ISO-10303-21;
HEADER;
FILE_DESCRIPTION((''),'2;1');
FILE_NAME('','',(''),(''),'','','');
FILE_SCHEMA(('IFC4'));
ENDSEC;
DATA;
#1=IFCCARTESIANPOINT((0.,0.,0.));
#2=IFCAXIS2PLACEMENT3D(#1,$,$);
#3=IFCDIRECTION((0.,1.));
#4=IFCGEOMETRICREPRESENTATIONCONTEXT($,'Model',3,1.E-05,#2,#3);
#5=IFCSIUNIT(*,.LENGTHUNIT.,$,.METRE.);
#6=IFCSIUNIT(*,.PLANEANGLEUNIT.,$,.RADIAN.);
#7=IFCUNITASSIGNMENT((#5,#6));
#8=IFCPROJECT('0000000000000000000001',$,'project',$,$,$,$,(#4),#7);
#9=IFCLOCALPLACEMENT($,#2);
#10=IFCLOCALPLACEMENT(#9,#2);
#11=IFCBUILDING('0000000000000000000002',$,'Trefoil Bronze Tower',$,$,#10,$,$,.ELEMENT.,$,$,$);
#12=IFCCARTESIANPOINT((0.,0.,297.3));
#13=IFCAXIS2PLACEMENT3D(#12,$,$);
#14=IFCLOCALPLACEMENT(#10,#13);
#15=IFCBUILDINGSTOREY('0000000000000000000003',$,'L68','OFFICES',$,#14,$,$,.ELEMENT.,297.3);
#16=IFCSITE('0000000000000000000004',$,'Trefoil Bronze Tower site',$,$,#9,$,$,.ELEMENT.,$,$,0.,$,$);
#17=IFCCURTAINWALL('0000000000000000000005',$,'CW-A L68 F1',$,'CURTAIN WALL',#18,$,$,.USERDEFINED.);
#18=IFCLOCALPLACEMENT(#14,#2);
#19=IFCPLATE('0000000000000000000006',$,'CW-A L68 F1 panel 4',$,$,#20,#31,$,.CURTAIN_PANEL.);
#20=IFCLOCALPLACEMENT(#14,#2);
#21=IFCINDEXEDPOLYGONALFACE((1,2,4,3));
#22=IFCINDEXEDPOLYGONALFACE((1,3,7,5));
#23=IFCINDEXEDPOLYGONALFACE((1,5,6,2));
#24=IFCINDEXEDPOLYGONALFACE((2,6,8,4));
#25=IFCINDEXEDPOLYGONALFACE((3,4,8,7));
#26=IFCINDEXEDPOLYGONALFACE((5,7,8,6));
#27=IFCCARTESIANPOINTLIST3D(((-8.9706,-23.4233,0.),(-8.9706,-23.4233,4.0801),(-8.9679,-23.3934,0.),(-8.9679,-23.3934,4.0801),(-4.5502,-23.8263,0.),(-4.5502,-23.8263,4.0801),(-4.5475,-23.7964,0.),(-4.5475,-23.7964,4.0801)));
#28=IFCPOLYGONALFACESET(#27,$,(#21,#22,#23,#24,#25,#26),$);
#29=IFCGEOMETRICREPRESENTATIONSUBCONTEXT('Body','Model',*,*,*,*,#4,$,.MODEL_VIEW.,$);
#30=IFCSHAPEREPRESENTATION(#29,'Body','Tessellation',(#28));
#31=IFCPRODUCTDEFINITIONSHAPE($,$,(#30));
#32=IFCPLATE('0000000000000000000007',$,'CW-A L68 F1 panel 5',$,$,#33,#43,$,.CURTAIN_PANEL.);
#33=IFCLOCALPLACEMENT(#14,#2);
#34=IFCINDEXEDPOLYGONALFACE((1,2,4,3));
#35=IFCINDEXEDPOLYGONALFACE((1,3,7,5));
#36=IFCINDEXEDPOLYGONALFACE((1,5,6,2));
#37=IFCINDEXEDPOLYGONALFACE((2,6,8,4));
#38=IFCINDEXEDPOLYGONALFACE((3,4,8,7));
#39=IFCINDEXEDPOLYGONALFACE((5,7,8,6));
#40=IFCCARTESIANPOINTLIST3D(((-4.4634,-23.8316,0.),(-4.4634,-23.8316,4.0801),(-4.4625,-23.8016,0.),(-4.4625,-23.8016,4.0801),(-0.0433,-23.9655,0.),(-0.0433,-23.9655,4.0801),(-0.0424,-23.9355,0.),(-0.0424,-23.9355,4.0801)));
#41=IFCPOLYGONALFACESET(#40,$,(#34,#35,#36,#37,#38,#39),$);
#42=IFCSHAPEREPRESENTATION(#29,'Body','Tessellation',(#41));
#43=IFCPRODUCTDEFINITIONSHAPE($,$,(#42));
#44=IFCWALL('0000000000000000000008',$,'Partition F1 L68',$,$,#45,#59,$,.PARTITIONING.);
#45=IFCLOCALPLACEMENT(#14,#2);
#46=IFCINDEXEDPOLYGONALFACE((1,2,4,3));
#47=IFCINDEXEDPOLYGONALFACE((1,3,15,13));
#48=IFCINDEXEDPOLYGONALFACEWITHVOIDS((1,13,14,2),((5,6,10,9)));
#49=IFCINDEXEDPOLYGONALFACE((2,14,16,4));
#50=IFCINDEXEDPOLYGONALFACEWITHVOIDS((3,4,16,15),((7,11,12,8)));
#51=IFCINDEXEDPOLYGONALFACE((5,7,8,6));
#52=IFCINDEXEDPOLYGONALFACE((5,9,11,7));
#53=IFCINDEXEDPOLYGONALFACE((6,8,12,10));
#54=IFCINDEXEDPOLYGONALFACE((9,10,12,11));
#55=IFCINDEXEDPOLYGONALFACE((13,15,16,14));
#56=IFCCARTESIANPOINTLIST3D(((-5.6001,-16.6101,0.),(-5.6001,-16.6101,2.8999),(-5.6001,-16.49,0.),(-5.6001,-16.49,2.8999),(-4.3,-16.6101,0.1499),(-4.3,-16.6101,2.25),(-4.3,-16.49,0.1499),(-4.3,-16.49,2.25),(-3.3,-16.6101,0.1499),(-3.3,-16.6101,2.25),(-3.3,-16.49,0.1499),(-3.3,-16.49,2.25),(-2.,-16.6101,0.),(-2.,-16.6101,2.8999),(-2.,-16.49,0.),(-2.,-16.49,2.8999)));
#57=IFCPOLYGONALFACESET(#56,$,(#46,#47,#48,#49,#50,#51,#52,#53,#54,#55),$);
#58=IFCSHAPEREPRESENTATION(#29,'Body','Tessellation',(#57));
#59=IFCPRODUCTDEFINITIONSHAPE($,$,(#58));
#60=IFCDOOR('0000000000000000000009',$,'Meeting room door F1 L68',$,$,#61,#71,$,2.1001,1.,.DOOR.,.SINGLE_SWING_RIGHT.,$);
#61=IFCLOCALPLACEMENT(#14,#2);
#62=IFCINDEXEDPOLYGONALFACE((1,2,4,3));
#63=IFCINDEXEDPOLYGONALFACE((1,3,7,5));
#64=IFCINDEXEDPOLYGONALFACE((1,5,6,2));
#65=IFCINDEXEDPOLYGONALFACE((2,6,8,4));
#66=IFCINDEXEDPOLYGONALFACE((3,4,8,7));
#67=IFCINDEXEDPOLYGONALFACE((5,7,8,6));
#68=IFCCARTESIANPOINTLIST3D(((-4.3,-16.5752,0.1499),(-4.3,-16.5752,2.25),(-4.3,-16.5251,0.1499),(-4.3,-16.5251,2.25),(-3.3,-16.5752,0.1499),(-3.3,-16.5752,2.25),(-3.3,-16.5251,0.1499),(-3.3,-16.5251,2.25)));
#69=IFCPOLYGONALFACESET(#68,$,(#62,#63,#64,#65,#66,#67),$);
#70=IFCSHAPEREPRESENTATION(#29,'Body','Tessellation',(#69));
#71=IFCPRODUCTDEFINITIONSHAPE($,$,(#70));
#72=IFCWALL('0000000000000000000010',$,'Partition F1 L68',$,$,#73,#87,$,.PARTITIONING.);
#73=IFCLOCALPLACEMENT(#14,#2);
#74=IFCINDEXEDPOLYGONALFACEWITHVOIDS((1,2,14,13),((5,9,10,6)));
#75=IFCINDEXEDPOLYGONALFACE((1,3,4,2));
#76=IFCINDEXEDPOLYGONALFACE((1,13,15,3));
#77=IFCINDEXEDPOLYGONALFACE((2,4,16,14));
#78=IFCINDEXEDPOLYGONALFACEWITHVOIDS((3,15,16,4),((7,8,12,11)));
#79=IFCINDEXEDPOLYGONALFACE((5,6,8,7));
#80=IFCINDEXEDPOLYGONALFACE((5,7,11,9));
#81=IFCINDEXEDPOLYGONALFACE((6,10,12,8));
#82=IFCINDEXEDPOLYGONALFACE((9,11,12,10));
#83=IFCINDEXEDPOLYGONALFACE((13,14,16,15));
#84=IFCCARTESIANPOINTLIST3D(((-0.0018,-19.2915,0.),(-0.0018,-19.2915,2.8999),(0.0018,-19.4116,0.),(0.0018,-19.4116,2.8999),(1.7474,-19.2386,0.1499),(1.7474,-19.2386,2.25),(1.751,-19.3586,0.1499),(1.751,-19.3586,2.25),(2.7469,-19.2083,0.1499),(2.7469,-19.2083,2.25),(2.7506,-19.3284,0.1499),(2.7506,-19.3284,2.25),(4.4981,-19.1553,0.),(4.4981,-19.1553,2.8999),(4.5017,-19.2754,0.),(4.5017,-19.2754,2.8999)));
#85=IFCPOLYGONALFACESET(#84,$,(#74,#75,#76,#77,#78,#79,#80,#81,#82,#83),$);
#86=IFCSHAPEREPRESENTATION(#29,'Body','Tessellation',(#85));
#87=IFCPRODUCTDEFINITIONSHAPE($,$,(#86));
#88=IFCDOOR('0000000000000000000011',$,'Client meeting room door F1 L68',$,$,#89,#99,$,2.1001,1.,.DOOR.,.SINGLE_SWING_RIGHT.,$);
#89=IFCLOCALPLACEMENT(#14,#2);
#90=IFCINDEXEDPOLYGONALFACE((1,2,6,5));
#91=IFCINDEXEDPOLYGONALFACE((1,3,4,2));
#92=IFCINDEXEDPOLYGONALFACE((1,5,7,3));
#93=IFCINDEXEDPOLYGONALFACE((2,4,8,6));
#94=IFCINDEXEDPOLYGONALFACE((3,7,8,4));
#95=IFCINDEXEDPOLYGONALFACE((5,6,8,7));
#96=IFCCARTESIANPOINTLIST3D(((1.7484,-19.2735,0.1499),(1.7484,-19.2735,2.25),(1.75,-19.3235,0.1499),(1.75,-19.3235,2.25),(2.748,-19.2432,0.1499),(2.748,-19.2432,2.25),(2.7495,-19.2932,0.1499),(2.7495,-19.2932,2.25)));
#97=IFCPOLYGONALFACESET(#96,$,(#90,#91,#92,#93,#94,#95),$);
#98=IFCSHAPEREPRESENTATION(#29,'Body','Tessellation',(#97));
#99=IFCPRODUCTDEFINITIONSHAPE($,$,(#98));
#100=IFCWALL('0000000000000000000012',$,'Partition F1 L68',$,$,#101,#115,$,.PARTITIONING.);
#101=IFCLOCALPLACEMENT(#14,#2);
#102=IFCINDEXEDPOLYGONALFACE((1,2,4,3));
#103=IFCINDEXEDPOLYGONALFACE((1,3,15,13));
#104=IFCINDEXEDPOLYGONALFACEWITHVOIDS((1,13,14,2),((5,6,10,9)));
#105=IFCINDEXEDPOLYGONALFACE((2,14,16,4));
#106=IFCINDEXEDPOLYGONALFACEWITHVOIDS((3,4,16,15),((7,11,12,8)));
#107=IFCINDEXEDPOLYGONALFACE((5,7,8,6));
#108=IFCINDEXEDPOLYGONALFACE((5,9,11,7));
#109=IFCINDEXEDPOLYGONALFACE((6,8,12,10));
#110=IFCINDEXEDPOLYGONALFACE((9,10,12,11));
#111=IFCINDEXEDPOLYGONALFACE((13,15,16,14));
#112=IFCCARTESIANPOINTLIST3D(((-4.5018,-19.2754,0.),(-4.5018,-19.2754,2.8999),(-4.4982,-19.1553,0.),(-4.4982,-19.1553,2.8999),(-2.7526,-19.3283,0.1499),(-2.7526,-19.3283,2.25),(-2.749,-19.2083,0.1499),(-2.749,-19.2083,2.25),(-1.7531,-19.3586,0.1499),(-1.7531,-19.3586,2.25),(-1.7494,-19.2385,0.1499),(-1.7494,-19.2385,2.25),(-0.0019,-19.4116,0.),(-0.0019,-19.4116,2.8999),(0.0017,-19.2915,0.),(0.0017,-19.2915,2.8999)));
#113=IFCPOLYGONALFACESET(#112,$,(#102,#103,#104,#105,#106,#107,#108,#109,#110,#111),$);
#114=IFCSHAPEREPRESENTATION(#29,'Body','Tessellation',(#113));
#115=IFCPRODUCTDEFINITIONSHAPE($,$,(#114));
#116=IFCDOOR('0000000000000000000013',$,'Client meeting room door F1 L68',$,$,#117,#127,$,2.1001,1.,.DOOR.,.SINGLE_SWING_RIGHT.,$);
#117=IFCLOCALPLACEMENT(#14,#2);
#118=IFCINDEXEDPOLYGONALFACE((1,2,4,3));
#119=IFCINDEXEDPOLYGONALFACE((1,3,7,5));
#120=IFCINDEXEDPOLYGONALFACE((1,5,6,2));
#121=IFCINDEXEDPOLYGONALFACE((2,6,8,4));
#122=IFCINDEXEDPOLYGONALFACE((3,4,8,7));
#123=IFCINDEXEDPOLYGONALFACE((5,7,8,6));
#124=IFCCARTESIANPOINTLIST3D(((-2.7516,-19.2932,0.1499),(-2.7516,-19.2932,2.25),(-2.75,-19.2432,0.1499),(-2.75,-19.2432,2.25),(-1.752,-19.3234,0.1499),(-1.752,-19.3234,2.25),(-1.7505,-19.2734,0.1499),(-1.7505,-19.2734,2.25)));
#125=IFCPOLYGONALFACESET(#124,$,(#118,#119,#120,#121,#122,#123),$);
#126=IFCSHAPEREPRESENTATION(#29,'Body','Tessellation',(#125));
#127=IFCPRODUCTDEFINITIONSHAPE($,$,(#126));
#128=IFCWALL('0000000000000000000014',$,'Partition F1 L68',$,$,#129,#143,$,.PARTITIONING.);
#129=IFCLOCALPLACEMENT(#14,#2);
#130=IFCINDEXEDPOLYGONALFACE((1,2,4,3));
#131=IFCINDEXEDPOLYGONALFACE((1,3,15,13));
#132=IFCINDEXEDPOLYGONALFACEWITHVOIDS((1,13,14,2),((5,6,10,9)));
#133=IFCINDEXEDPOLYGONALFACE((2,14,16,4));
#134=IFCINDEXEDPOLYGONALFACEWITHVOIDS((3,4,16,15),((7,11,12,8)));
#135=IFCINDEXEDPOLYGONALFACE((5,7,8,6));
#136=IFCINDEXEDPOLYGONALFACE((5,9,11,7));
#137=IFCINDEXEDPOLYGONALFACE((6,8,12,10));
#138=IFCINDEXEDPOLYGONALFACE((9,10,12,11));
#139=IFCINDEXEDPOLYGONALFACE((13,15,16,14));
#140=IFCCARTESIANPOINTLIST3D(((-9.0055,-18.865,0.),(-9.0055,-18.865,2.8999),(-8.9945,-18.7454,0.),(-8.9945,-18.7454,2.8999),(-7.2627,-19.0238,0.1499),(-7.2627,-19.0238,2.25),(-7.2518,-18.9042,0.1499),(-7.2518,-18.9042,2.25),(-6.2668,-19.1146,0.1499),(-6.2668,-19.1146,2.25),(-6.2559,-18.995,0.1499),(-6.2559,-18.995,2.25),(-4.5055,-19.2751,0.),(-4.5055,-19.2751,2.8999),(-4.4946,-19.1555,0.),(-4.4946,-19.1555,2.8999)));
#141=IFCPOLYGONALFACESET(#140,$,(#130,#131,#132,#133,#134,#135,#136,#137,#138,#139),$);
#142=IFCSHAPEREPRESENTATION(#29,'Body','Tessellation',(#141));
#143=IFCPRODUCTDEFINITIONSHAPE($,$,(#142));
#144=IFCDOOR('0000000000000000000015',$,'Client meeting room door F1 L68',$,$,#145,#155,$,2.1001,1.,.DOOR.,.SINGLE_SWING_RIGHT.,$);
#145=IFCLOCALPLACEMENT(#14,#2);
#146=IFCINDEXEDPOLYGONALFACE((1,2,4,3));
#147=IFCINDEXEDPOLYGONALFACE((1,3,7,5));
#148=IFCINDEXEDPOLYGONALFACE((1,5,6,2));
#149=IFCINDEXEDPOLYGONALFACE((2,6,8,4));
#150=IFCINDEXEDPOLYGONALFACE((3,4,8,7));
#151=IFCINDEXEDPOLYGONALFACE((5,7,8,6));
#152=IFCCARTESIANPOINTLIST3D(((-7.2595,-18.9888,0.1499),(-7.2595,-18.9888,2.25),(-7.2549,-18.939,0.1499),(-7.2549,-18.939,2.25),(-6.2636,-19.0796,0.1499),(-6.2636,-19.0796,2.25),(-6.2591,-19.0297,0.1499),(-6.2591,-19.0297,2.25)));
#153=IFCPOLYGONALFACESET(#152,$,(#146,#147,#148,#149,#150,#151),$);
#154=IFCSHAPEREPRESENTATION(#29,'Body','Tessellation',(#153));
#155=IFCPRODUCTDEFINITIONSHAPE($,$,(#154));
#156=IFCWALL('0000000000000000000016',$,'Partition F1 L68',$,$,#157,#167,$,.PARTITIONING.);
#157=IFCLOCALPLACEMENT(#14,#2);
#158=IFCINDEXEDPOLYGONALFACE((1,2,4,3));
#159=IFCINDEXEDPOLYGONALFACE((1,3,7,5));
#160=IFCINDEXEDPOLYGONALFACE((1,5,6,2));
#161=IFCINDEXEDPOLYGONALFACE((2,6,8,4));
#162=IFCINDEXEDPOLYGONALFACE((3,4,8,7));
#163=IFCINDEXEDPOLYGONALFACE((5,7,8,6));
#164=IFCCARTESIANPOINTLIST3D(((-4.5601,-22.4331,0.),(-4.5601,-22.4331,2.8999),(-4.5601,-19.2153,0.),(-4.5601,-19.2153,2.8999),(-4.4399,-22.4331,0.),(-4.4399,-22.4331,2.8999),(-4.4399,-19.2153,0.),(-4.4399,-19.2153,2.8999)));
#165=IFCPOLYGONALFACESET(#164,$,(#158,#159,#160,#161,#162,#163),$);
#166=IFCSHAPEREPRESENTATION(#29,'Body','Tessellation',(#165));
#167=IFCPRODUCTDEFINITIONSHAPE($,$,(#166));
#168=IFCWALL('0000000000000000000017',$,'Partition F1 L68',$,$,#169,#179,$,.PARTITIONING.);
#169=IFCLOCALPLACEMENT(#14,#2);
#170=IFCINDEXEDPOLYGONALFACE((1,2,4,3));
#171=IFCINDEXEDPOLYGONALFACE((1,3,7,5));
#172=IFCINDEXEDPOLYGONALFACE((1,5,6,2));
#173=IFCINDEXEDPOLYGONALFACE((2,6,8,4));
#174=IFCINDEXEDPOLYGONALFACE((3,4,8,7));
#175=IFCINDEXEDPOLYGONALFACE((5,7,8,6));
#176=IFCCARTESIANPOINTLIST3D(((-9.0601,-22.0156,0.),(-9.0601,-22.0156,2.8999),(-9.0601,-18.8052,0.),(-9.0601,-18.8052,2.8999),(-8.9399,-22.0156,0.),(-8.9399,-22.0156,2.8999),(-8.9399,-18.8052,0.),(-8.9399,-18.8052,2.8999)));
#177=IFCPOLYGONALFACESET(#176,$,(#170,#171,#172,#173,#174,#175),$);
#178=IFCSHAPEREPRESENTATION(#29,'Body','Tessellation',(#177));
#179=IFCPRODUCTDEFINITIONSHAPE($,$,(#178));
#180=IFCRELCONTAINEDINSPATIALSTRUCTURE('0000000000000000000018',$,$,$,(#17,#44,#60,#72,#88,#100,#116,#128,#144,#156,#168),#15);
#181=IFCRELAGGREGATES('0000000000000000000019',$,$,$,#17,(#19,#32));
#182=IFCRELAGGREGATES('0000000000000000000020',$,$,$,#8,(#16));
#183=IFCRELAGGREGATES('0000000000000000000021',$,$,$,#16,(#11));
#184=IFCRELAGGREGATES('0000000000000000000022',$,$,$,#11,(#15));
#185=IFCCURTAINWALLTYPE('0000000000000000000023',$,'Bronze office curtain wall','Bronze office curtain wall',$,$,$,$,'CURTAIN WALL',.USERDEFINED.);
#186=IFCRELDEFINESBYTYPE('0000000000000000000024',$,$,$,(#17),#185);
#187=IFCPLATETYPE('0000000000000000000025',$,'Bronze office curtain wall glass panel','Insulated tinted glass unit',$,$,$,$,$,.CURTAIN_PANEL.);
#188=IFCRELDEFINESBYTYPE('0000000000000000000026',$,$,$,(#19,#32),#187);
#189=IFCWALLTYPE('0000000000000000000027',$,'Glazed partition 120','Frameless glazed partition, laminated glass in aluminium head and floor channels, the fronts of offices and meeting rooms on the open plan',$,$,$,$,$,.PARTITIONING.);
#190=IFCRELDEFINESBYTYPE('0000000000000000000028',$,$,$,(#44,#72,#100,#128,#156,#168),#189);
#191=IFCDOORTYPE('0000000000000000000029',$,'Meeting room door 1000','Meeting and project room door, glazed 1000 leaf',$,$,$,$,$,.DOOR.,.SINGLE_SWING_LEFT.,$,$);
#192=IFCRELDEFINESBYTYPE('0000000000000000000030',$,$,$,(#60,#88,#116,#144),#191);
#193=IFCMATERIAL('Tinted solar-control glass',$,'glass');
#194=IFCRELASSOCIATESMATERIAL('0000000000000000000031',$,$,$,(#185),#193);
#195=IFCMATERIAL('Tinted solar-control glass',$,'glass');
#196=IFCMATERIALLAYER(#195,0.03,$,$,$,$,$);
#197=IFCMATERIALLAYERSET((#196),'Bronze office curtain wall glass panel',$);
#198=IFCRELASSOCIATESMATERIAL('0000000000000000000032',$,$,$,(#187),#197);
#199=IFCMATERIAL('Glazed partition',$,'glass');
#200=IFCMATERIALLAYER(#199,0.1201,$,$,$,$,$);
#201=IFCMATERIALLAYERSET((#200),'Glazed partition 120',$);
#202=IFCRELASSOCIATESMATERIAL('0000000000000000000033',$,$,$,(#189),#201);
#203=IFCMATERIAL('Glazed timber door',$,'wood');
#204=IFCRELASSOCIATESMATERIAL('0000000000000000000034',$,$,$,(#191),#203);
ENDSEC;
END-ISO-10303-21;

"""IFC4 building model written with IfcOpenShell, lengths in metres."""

from ifc_helpers import new_model, si_unit, direction, frame, frame_2d, origin, origin_2d, place, context, subcontext, project, spatial, rectangle, extrude, material, layer, layer_set, type_object, element, fill, aggregate, save


model = new_model("IFC4")

# Units and contexts
model_context = context("Model", 3, precision=1e-05, world=origin(), true_north=direction((0.0, 1.0)))
body_context = subcontext(model_context, "Body", "Model", "MODEL_VIEW")
ifc_project = project(units=[si_unit("LENGTHUNIT", "METRE"), si_unit("PLANEANGLEUNIT", "RADIAN")], contexts=[model_context])

# Site, building, storey
site_placement = place(None, origin())
site = spatial("IfcSite", under=ifc_project, at=site_placement, Name="Trefoil Bronze Tower site", CompositionType="ELEMENT", RefElevation=0.0)
building_placement = place(site_placement, origin())
building = spatial("IfcBuilding", under=site, at=building_placement, Name="Trefoil Bronze Tower", CompositionType="ELEMENT")
storey_placement = place(building_placement, frame((0.0, 0.0, 297.3)))
storey = spatial("IfcBuildingStorey", under=building, at=storey_placement, Name="L68", Description="OFFICES", CompositionType="ELEMENT", Elevation=297.3)

# Curtain wall
ifc_material_1 = material(Name="Tinted solar-control glass", Category="glass")
curtain_wall_type = type_object("IfcCurtainWallType", Name="Bronze office curtain wall", Description="Bronze office curtain wall", ElementType="CURTAIN WALL", PredefinedType="USERDEFINED", material=ifc_material_1)
curtain_wall_placement = place(storey_placement, origin())
curtain_wall = element("IfcCurtainWall", 1, at=curtain_wall_placement, inside=storey, type_object=curtain_wall_type, Name="CW-A L68 F1", ObjectType="CURTAIN WALL", PredefinedType="USERDEFINED")

# Plates
ifc_material_2 = material(Name="Tinted solar-control glass", Category="glass")
ifc_layer_1 = layer(ifc_material_2, 0.03)
ifc_layer_set_1 = layer_set([ifc_layer_1], Name="Bronze office curtain wall glass panel")
plate_type = type_object("IfcPlateType", Name="Bronze office curtain wall glass panel", Description="Insulated tinted glass unit", PredefinedType="CURTAIN_PANEL", material=ifc_layer_set_1)
plate_1_placement = place(storey_placement, frame((-6.759, -23.6099, 0.0), z_axis=(0.0, 0.0, 1.0), x_axis=(0.99587, -0.090789, 0.0)))
plate_1 = element("IfcPlate", 2, at=plate_1_placement, type_object=plate_type, Name="CW-A L68 F1 panel 4", PredefinedType="CURTAIN_PANEL", context=body_context, shape_type="SweptSolid", body=[
    extrude(rectangle(XDim=4.4387, YDim=0.03, at=origin_2d()), origin(), (0.0, 0.0, 1.0), 4.0801),
])
plate_2_placement = place(storey_placement, frame((-2.2529, -23.8835, 0.0), z_axis=(0.0, 0.0, 1.0), x_axis=(0.999542, -0.030263, 0.0)))
plate_2 = element("IfcPlate", 3, at=plate_2_placement, type_object=plate_type, Name="CW-A L68 F1 panel 5", PredefinedType="CURTAIN_PANEL", context=body_context, shape_type="SweptSolid", body=[
    extrude(rectangle(XDim=4.4221, YDim=0.03, at=origin_2d()), origin(), (0.0, 0.0, 1.0), 4.0801),
])
aggregate(curtain_wall, [plate_1, plate_2])

# Walls, openings, doors
ifc_material_3 = material(Name="Glazed partition", Category="glass")
ifc_layer_2 = layer(ifc_material_3, 0.1201)
ifc_layer_set_2 = layer_set([ifc_layer_2], Name="Glazed partition 120")
wall_type_1 = type_object("IfcWallType", Name="Glazed partition 120", Description="Frameless glazed partition, laminated glass in aluminium head and floor channels, the fronts of offices and meeting rooms on the open plan", PredefinedType="PARTITIONING", material=ifc_layer_set_2)
wall_1_placement = place(storey_placement, frame((-5.6001, -16.55, 0.0), z_axis=(0.0, 0.0, 1.0), x_axis=(1.0, 0.0, 0.0)))
wall_1 = element("IfcWall", 4, at=wall_1_placement, inside=storey, type_object=wall_type_1, Name="Partition F1 L68", PredefinedType="PARTITIONING", context=body_context, shape_type="SweptSolid", body=[
    extrude(rectangle(XDim=3.6001, YDim=0.1201, at=frame_2d((1.8, 0.0))), origin(), (0.0, 0.0, 1.0), 2.8999),
])
opening_1_placement = place(wall_1_placement, frame((1.3, 0.0, 0.1499)))
opening_1 = element("IfcOpeningElement", 5, at=opening_1_placement, cuts=wall_1, PredefinedType="OPENING", context=body_context, shape_type="SweptSolid", body=[
    extrude(rectangle(XDim=1.0, YDim=2.1001, at=frame_2d((0.5, 1.05))), frame((0.0, 0.0701, 0.0), z_axis=(0.0, -1.0, 0.0), x_axis=(1.0, 0.0, 0.0)), (0.0, 0.0, 1.0), 0.1401),
])
ifc_material_4 = material(Name="Glazed timber door", Category="wood")
door_type = type_object("IfcDoorType", Name="Meeting room door 1000", Description="Meeting and project room door, glazed 1000 leaf", OperationType="SINGLE_SWING_LEFT", PredefinedType="DOOR", material=ifc_material_4)
door_1_placement = place(opening_1_placement, origin())
door_1 = element("IfcDoor", 6, at=door_1_placement, inside=storey, type_object=door_type, Name="Meeting room door F1 L68", OperationType="SINGLE_SWING_RIGHT", OverallHeight=2.1001, OverallWidth=1.0, PredefinedType="DOOR", context=body_context, shape_type="SweptSolid", body=[
    extrude(rectangle(XDim=1.0, YDim=2.1001, at=frame_2d((0.5, 1.05))), frame((0.0, 0.0249, 0.0), z_axis=(0.0, -1.0, 0.0), x_axis=(1.0, 0.0, 0.0)), (0.0, 0.0, 1.0), 0.05),
])
fill(opening_1, door_1)
wall_2_placement = place(storey_placement, frame((0.0, -19.3516, 0.0), z_axis=(0.0, 0.0, 1.0), x_axis=(0.999542, 0.03026, 0.0)))
wall_2 = element("IfcWall", 7, at=wall_2_placement, inside=storey, type_object=wall_type_1, Name="Partition F1 L68", PredefinedType="PARTITIONING", context=body_context, shape_type="SweptSolid", body=[
    extrude(rectangle(XDim=4.502, YDim=0.1201, at=frame_2d((2.251, 0.0))), origin(), (0.0, 0.0, 1.0), 2.8999),
])
opening_2_placement = place(wall_2_placement, frame((1.75, 0.0, 0.1499)))
opening_2 = element("IfcOpeningElement", 8, at=opening_2_placement, cuts=wall_2, PredefinedType="OPENING", context=body_context, shape_type="SweptSolid", body=[
    extrude(rectangle(XDim=1.0, YDim=2.1001, at=frame_2d((0.5, 1.05))), frame((0.0, 0.0701, 0.0), z_axis=(0.0, -1.0, 0.0), x_axis=(1.0, 0.0, 0.0)), (0.0, 0.0, 1.0), 0.1401),
])
door_2_placement = place(opening_2_placement, frame((1.0, 0.0, 0.0), z_axis=(0.0, 0.0, 1.0), x_axis=(-1.0, 0.0, 0.0)))
door_2 = element("IfcDoor", 9, at=door_2_placement, inside=storey, type_object=door_type, Name="Client meeting room door F1 L68", OperationType="SINGLE_SWING_RIGHT", OverallHeight=2.1001, OverallWidth=1.0, PredefinedType="DOOR", context=body_context, shape_type="SweptSolid", body=[
    extrude(rectangle(XDim=1.0, YDim=2.1001, at=frame_2d((0.5, 1.05))), frame((0.0, 0.0249, 0.0), z_axis=(0.0, -1.0, 0.0), x_axis=(1.0, 0.0, 0.0)), (0.0, 0.0, 1.0), 0.05),
])
fill(opening_2, door_2)
wall_3_placement = place(storey_placement, frame((-4.5, -19.2153, 0.0), z_axis=(0.0, 0.0, 1.0), x_axis=(0.999542, -0.03026, 0.0)))
wall_3 = element("IfcWall", 10, at=wall_3_placement, inside=storey, type_object=wall_type_1, Name="Partition F1 L68", PredefinedType="PARTITIONING", context=body_context, shape_type="SweptSolid", body=[
    extrude(rectangle(XDim=4.502, YDim=0.1201, at=frame_2d((2.251, 0.0))), origin(), (0.0, 0.0, 1.0), 2.8999),
])
opening_3_placement = place(wall_3_placement, frame((1.75, 0.0, 0.1499)))
opening_3 = element("IfcOpeningElement", 11, at=opening_3_placement, cuts=wall_3, PredefinedType="OPENING", context=body_context, shape_type="SweptSolid", body=[
    extrude(rectangle(XDim=1.0, YDim=2.1001, at=frame_2d((0.5, 1.05))), frame((0.0, 0.0701, 0.0), z_axis=(0.0, -1.0, 0.0), x_axis=(1.0, 0.0, 0.0)), (0.0, 0.0, 1.0), 0.1401),
])
door_3_placement = place(opening_3_placement, frame((1.0, 0.0, 0.0), z_axis=(0.0, 0.0, 1.0), x_axis=(-1.0, 0.0, 0.0)))
door_3 = element("IfcDoor", 12, at=door_3_placement, inside=storey, type_object=door_type, Name="Client meeting room door F1 L68", OperationType="SINGLE_SWING_RIGHT", OverallHeight=2.1001, OverallWidth=1.0, PredefinedType="DOOR", context=body_context, shape_type="SweptSolid", body=[
    extrude(rectangle(XDim=1.0, YDim=2.1001, at=frame_2d((0.5, 1.05))), frame((0.0, 0.0249, 0.0), z_axis=(0.0, -1.0, 0.0), x_axis=(1.0, 0.0, 0.0)), (0.0, 0.0, 1.0), 0.05),
])
fill(opening_3, door_3)
wall_4_placement = place(storey_placement, frame((-9.0, -18.8052, 0.0), z_axis=(0.0, 0.0, 1.0), x_axis=(0.995872, -0.09077, 0.0)))
wall_4 = element("IfcWall", 13, at=wall_4_placement, inside=storey, type_object=wall_type_1, Name="Partition F1 L68", PredefinedType="PARTITIONING", context=body_context, shape_type="SweptSolid", body=[
    extrude(rectangle(XDim=4.5186, YDim=0.1201, at=frame_2d((2.2593, 0.0))), origin(), (0.0, 0.0, 1.0), 2.8999),
])
opening_4_placement = place(wall_4_placement, frame((1.75, 0.0, 0.1499)))
opening_4 = element("IfcOpeningElement", 14, at=opening_4_placement, cuts=wall_4, PredefinedType="OPENING", context=body_context, shape_type="SweptSolid", body=[
    extrude(rectangle(XDim=1.0, YDim=2.1001, at=frame_2d((0.5, 1.05))), frame((0.0, 0.0701, 0.0), z_axis=(0.0, -1.0, 0.0), x_axis=(1.0, 0.0, 0.0)), (0.0, 0.0, 1.0), 0.1401),
])
door_4_placement = place(opening_4_placement, frame((1.0, 0.0, 0.0), z_axis=(0.0, 0.0, 1.0), x_axis=(-1.0, 0.0, 0.0)))
door_4 = element("IfcDoor", 15, at=door_4_placement, inside=storey, type_object=door_type, Name="Client meeting room door F1 L68", OperationType="SINGLE_SWING_RIGHT", OverallHeight=2.1001, OverallWidth=1.0, PredefinedType="DOOR", context=body_context, shape_type="SweptSolid", body=[
    extrude(rectangle(XDim=1.0, YDim=2.1001, at=frame_2d((0.5, 1.05))), frame((0.0, 0.0249, 0.0), z_axis=(0.0, -1.0, 0.0), x_axis=(1.0, 0.0, 0.0)), (0.0, 0.0, 1.0), 0.05),
])
fill(opening_4, door_4)

# Walls
wall_5_placement = place(storey_placement, frame((-4.5, -19.2153, 0.0), z_axis=(0.0, 0.0, 1.0), x_axis=(0.0, -1.0, 0.0)))
element("IfcWall", 16, at=wall_5_placement, inside=storey, type_object=wall_type_1, Name="Partition F1 L68", PredefinedType="PARTITIONING", context=body_context, shape_type="SweptSolid", body=[
    extrude(rectangle(XDim=3.2178, YDim=0.1201, at=frame_2d((1.6089, 0.0))), origin(), (0.0, 0.0, 1.0), 2.8999),
])
wall_6_placement = place(storey_placement, frame((-9.0, -18.8052, 0.0), z_axis=(0.0, 0.0, 1.0), x_axis=(0.0, -1.0, 0.0)))
element("IfcWall", 17, at=wall_6_placement, inside=storey, type_object=wall_type_1, Name="Partition F1 L68", PredefinedType="PARTITIONING", context=body_context, shape_type="SweptSolid", body=[
    extrude(rectangle(XDim=3.2104, YDim=0.1201, at=frame_2d((1.6052, 0.0))), origin(), (0.0, 0.0, 1.0), 2.8999),
])

save(model, "model.ifc")
